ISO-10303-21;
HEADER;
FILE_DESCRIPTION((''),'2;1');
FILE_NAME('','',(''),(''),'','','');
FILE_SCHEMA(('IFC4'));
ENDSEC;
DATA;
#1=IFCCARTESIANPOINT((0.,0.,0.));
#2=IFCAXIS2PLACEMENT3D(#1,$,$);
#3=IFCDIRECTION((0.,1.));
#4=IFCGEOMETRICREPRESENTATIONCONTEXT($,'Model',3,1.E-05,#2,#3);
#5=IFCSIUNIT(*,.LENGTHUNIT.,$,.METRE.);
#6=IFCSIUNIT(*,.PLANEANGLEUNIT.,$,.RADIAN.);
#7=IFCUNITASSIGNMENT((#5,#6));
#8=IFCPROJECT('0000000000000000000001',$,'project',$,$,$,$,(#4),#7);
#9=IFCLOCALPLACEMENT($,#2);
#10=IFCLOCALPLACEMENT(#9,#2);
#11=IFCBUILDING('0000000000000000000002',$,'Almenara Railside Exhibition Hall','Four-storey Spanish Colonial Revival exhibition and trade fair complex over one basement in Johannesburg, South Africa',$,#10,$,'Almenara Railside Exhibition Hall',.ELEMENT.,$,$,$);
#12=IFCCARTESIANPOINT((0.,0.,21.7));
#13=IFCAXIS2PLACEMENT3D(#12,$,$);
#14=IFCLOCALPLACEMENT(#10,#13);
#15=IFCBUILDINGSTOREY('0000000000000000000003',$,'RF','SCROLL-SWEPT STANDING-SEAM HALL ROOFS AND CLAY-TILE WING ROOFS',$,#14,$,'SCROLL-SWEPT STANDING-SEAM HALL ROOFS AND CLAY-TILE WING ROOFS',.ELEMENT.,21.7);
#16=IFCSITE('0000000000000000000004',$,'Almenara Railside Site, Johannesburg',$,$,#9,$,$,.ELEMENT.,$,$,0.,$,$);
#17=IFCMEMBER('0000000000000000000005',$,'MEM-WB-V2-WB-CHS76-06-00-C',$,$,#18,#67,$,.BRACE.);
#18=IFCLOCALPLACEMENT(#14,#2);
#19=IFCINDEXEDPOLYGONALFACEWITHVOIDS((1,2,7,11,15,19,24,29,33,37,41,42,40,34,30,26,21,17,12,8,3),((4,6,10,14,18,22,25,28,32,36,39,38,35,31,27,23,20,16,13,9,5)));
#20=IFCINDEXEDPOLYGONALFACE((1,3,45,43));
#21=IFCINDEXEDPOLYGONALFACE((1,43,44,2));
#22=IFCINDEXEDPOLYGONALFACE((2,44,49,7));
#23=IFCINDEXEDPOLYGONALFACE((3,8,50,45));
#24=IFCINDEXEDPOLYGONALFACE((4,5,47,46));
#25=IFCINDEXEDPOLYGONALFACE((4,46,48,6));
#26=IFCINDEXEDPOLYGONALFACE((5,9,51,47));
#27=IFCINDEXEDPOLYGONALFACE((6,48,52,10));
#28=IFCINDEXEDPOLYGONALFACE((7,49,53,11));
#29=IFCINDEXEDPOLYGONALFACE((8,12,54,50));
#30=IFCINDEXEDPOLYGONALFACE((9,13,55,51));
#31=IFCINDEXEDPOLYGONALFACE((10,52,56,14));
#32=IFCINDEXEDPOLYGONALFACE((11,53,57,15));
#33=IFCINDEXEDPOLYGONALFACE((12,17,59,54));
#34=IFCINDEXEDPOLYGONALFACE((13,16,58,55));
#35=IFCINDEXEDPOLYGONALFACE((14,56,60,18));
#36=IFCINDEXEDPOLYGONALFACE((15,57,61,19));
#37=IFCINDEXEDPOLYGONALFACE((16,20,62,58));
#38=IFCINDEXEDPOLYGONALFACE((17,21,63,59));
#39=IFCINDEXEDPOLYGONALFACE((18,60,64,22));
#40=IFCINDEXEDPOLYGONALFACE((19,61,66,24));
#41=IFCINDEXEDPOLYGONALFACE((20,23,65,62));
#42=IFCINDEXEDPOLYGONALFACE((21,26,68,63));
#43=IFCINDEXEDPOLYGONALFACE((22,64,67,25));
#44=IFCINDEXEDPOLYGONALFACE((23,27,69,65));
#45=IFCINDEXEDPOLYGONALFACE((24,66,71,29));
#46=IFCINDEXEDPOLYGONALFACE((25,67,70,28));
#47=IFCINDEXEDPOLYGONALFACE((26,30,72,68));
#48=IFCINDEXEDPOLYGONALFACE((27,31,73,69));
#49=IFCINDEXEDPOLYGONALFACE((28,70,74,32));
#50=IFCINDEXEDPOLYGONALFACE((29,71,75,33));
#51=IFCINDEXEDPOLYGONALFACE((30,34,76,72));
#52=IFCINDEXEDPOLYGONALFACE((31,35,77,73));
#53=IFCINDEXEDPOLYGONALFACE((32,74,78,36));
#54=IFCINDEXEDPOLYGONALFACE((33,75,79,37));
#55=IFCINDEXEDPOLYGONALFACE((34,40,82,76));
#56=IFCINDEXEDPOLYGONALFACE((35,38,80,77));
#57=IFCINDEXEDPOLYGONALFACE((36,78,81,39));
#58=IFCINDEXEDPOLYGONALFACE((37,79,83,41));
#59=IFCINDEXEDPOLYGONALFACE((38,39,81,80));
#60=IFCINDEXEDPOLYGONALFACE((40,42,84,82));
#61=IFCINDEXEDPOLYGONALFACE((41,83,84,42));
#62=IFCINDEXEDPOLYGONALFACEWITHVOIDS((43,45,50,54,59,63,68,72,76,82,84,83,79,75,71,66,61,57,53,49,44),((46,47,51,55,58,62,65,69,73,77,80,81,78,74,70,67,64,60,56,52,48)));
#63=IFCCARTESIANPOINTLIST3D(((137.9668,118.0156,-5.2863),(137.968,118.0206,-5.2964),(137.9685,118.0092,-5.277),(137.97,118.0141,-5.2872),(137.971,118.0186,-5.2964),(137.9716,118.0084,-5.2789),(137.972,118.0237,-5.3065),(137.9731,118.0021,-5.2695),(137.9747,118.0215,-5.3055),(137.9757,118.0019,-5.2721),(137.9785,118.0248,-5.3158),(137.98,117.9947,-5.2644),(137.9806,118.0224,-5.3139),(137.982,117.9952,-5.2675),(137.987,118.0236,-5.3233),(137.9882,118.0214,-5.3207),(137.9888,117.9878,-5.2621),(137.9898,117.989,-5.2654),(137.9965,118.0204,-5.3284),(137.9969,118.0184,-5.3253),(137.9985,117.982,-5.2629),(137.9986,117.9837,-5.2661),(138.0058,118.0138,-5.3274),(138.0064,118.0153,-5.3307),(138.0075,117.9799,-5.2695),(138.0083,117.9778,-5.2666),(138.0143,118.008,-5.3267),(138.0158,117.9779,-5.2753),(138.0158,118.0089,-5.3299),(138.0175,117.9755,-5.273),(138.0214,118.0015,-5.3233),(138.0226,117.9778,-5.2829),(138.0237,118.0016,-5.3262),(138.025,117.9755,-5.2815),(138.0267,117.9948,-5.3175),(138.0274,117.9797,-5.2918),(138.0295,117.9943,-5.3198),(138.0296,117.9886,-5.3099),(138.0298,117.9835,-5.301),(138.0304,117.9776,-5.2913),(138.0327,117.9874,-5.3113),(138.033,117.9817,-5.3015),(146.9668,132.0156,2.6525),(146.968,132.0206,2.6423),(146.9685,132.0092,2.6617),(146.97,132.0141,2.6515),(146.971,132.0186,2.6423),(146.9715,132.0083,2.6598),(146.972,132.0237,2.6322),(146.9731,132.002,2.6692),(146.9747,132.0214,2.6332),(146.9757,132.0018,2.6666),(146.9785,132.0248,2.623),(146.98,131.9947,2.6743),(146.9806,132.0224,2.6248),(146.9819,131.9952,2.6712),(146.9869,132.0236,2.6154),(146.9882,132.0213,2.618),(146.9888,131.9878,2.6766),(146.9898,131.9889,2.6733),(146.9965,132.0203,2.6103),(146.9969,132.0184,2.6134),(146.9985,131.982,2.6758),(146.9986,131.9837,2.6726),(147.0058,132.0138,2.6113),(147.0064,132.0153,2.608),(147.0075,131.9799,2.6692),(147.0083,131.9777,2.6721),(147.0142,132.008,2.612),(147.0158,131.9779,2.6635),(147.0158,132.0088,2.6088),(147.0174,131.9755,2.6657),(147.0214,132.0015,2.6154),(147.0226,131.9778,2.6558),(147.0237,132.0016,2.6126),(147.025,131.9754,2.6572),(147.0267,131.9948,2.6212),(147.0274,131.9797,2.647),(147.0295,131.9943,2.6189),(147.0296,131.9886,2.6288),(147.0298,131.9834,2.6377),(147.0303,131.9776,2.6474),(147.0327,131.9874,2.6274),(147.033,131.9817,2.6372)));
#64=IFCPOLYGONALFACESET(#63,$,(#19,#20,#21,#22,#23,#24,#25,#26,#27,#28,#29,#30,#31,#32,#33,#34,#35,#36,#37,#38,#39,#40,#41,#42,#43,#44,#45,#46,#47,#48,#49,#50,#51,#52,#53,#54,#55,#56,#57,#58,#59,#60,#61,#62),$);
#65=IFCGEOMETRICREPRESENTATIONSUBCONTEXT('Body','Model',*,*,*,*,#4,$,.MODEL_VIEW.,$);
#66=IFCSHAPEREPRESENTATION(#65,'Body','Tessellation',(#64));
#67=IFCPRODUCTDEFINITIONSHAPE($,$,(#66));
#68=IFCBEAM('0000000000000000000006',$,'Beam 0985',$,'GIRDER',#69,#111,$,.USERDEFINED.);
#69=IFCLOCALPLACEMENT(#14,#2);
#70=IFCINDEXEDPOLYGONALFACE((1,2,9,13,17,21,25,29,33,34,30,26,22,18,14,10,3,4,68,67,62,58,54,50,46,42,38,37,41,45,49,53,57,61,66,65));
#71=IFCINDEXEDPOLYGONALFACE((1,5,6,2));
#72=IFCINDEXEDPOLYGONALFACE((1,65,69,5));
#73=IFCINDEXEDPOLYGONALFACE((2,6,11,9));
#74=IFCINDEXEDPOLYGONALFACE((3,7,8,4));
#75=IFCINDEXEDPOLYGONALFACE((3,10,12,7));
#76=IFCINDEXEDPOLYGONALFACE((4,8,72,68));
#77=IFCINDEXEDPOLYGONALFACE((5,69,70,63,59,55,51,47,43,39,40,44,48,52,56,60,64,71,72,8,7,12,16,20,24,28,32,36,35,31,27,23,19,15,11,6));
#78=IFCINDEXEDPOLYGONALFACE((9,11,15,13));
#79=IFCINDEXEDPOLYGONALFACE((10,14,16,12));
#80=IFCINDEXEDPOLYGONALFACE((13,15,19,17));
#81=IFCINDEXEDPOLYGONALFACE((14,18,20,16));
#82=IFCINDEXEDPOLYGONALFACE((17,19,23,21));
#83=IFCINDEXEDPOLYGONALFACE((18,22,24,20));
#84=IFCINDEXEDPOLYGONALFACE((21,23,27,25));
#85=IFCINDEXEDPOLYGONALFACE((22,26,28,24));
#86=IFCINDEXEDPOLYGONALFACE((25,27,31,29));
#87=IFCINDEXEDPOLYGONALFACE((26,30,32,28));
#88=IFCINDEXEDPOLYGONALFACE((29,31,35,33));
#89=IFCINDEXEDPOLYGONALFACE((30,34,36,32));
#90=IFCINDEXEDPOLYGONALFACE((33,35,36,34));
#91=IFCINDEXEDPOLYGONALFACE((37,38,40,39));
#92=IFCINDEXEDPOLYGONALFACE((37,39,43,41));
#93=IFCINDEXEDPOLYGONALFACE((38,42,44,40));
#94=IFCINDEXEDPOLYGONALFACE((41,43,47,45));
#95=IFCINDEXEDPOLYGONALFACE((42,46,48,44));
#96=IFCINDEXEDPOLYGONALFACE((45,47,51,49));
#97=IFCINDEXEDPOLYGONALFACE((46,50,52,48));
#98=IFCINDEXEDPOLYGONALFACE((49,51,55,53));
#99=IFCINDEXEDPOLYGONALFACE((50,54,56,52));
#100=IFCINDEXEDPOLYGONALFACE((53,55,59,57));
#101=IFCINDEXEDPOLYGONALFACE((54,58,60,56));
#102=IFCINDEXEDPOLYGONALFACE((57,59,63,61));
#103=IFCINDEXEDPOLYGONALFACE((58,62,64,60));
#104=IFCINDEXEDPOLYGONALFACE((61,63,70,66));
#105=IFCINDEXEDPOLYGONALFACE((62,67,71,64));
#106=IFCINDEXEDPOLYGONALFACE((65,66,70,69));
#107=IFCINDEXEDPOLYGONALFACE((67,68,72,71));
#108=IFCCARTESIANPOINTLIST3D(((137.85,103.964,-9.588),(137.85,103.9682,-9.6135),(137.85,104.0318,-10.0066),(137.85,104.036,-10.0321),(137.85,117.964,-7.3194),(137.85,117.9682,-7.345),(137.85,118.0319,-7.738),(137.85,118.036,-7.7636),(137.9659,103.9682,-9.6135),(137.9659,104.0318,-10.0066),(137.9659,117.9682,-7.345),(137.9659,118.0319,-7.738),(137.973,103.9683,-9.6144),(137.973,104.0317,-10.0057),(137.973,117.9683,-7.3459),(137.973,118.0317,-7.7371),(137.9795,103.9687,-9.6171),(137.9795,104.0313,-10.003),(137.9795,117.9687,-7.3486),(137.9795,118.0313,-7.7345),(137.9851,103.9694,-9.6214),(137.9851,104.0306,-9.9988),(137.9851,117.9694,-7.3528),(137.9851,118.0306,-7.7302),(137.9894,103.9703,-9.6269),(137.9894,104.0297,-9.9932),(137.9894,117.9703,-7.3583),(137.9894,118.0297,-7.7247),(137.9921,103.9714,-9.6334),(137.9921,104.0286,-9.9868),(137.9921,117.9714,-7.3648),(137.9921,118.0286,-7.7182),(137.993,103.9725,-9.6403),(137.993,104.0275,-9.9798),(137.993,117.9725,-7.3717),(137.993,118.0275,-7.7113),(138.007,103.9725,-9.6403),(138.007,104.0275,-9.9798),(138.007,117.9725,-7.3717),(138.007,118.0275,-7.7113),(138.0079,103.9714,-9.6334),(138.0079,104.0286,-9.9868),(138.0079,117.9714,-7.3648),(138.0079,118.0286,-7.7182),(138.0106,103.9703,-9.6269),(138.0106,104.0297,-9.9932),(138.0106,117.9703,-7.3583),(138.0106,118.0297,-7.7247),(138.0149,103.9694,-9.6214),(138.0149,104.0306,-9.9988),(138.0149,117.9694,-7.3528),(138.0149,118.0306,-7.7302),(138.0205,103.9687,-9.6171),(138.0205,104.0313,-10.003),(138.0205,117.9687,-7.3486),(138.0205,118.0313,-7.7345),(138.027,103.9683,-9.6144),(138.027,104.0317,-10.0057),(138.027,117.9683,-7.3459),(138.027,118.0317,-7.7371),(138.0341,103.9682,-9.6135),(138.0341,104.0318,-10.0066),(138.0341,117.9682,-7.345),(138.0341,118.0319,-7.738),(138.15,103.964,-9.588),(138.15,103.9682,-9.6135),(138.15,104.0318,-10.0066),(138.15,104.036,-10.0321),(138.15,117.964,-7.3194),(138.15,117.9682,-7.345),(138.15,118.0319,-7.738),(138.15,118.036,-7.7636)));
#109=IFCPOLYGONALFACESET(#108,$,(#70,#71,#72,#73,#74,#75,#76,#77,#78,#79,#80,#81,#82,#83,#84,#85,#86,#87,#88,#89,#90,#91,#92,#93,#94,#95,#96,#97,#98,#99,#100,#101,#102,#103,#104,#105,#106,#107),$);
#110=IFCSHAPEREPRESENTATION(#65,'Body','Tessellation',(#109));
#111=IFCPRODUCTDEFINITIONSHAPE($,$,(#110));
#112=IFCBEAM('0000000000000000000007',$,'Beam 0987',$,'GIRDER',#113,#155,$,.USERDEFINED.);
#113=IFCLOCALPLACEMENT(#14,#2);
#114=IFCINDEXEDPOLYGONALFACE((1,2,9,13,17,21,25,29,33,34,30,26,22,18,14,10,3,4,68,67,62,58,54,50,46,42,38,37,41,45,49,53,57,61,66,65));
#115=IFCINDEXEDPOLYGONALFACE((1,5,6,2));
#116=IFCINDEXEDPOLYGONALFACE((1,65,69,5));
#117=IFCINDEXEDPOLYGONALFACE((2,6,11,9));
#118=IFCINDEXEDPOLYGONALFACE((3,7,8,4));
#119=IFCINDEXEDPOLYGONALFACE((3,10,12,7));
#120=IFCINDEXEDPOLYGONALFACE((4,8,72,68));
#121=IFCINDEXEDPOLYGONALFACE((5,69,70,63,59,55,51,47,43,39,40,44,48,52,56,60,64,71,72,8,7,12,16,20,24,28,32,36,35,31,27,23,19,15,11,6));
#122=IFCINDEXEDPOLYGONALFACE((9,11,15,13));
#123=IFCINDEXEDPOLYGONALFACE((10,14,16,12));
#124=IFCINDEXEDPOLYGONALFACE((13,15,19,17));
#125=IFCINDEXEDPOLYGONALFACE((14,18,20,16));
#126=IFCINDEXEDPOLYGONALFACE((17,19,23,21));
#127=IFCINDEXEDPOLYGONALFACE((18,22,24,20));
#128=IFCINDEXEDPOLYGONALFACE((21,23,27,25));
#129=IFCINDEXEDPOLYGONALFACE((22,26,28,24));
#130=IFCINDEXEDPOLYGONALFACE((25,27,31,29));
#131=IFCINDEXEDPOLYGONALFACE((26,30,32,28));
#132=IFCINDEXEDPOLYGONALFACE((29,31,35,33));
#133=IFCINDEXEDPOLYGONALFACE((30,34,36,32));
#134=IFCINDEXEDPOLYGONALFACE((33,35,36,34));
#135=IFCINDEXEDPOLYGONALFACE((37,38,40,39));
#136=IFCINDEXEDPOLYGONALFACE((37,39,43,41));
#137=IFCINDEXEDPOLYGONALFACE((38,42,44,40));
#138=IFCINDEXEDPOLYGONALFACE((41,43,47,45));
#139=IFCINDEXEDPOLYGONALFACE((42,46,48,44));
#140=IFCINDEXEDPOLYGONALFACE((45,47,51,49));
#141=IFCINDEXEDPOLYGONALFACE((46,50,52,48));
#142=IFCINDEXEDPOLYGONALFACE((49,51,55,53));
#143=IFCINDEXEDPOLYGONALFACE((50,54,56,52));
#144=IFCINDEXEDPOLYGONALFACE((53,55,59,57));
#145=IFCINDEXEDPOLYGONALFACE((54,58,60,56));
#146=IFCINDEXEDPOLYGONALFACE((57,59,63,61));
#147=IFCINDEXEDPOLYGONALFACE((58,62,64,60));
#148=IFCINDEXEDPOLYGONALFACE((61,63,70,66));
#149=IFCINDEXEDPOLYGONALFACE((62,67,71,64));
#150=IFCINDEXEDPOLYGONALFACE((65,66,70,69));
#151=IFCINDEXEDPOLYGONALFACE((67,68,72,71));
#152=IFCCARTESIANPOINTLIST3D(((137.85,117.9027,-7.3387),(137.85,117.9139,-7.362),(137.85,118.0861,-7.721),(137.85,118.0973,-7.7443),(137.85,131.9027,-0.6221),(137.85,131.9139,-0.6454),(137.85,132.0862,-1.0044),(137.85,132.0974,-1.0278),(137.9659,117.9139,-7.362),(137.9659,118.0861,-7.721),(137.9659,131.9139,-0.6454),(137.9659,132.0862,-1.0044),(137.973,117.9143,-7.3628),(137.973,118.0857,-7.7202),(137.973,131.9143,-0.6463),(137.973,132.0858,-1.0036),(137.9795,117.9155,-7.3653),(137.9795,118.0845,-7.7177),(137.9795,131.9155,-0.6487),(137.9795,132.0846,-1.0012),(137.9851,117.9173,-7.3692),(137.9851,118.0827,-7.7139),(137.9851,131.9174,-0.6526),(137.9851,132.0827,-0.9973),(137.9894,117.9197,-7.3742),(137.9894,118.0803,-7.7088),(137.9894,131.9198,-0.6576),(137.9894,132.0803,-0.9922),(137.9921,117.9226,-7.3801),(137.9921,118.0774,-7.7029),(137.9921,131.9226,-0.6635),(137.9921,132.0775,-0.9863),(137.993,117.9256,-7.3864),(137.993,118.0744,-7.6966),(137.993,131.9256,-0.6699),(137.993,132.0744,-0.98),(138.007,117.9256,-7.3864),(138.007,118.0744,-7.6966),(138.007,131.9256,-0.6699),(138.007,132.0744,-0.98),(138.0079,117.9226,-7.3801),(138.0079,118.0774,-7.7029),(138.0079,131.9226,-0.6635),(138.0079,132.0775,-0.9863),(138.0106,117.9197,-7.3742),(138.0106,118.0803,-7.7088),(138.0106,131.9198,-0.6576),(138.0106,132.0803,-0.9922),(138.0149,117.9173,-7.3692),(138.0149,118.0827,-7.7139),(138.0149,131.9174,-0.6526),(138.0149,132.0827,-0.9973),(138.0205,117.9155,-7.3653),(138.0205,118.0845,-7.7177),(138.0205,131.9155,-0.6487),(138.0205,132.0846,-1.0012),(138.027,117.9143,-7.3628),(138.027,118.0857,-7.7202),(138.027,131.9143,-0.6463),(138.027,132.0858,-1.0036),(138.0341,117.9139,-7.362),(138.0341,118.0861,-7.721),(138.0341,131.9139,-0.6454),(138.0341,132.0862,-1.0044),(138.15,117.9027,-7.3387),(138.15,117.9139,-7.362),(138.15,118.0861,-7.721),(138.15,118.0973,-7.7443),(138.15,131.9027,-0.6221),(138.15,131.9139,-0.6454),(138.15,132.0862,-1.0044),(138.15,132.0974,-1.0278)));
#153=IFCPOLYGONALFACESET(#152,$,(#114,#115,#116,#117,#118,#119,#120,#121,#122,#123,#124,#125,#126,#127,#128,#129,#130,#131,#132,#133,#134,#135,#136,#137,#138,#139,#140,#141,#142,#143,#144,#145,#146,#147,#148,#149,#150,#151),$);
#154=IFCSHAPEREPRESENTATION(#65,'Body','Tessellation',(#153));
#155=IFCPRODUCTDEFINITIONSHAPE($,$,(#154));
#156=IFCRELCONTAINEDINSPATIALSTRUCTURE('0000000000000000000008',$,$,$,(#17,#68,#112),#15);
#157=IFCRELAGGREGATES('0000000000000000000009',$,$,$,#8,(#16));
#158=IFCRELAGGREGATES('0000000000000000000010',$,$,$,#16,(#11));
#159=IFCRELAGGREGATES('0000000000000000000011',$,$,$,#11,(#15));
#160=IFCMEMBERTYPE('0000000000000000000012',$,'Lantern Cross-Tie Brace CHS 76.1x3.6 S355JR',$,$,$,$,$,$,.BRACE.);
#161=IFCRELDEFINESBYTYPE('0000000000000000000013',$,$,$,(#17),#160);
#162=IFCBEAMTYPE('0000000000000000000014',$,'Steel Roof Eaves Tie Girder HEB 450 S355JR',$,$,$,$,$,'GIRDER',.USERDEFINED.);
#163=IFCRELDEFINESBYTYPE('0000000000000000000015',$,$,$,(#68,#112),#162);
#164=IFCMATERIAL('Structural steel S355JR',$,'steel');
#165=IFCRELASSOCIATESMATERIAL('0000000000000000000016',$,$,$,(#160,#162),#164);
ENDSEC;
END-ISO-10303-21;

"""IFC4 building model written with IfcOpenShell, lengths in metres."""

from ifc_helpers import new_model, si_unit, direction, frame, origin, origin_2d, place, context, subcontext, project, spatial, hollow_circle, i_section, extrude, material, material_profile, profile_set, type_object, element, save


model = new_model("IFC4")

# Units and contexts
model_context = context("Model", 3, precision=1e-05, world=origin(), true_north=direction((0.0, 1.0)))
body_context = subcontext(model_context, "Body", "Model", "MODEL_VIEW")
ifc_project = project(units=[si_unit("LENGTHUNIT", "METRE"), si_unit("PLANEANGLEUNIT", "RADIAN")], contexts=[model_context])

# Site, building, storey
site_placement = place(None, origin())
site = spatial("IfcSite", under=ifc_project, at=site_placement, Name="Almenara Railside Site, Johannesburg", CompositionType="ELEMENT", RefElevation=0.0)
building_placement = place(site_placement, origin())
building = spatial("IfcBuilding", under=site, at=building_placement, Name="Almenara Railside Exhibition Hall", Description="Four-storey Spanish Colonial Revival exhibition and trade fair complex over one basement in Johannesburg, South Africa", LongName="Almenara Railside Exhibition Hall", CompositionType="ELEMENT")
storey_placement = place(building_placement, frame((0.0, 0.0, 21.7)))
storey = spatial("IfcBuildingStorey", under=building, at=storey_placement, Name="RF", Description="SCROLL-SWEPT STANDING-SEAM HALL ROOFS AND CLAY-TILE WING ROOFS", LongName="SCROLL-SWEPT STANDING-SEAM HALL ROOFS AND CLAY-TILE WING ROOFS", CompositionType="ELEMENT", Elevation=21.7)

# Shared definitions
ifc_material_1 = material(Name="Structural steel S355JR", Category="steel")

# Member
ifc_material_profile_1 = material_profile(ifc_material_1, hollow_circle(Radius=0.0381, WallThickness=0.0037, at=origin_2d()), Name="CHS 76.1x3.6")
ifc_profile_set_1 = profile_set([ifc_material_profile_1], Name="Structural steel S355JR")
member_type_1 = type_object("IfcMemberType", Name="Lantern Cross-Tie Brace CHS 76.1x3.6 S355JR", PredefinedType="BRACE", material=ifc_profile_set_1)
member_1_placement = place(storey_placement, frame((138.0, 118.0, -5.2964), z_axis=(0.488077, 0.759231, 0.430523), x_axis=(-0.841178, 0.540758, 0.0)))
element("IfcMember", 1, at=member_1_placement, inside=storey, type_object=member_type_1, Name="MEM-WB-V2-WB-CHS76-06-00-C", PredefinedType="BRACE", context=body_context, shape_type="SweptSolid", body=[
    extrude(hollow_circle(Radius=0.0381, WallThickness=0.0037, at=origin_2d()), origin(), (0.0, 0.0, 1.0), 18.4397),
])

# Beams
ifc_material_profile_2 = material_profile(ifc_material_1, i_section(OverallWidth=0.3, OverallDepth=0.45, WebThickness=0.0139, FlangeThickness=0.0259, FilletRadius=0.0271, at=origin_2d()), Name="HEB 450")
ifc_profile_set_2 = profile_set([ifc_material_profile_2], Name="Structural steel S355JR")
beam_type = type_object("IfcBeamType", Name="Steel Roof Eaves Tie Girder HEB 450 S355JR", ElementType="GIRDER", PredefinedType="USERDEFINED", material=ifc_profile_set_2)
beam_1_placement = place(storey_placement, frame((138.0, 104.0, -9.8101), z_axis=(0.0, 0.987125, 0.159953), x_axis=(-1.0, 0.0, 0.0)))
element("IfcBeam", 2, at=beam_1_placement, inside=storey, type_object=beam_type, Name="Beam 0985", ObjectType="GIRDER", PredefinedType="USERDEFINED", context=body_context, shape_type="SweptSolid", body=[
    extrude(i_section(OverallWidth=0.3, OverallDepth=0.45, WebThickness=0.0139, FlangeThickness=0.0259, FilletRadius=0.0271, at=origin_2d()), origin(), (0.0, 0.0, 1.0), 14.1826),
])
beam_2_placement = place(storey_placement, frame((138.0, 118.0, -7.5415), z_axis=(0.0, 0.90161, 0.432551), x_axis=(-1.0, 0.0, 0.0)))
element("IfcBeam", 3, at=beam_2_placement, inside=storey, type_object=beam_type, Name="Beam 0987", ObjectType="GIRDER", PredefinedType="USERDEFINED", context=body_context, shape_type="SweptSolid", body=[
    extrude(i_section(OverallWidth=0.3, OverallDepth=0.45, WebThickness=0.0139, FlangeThickness=0.0259, FilletRadius=0.0271, at=origin_2d()), origin(), (0.0, 0.0, 1.0), 15.5278),
])

save(model, "model.ifc")
